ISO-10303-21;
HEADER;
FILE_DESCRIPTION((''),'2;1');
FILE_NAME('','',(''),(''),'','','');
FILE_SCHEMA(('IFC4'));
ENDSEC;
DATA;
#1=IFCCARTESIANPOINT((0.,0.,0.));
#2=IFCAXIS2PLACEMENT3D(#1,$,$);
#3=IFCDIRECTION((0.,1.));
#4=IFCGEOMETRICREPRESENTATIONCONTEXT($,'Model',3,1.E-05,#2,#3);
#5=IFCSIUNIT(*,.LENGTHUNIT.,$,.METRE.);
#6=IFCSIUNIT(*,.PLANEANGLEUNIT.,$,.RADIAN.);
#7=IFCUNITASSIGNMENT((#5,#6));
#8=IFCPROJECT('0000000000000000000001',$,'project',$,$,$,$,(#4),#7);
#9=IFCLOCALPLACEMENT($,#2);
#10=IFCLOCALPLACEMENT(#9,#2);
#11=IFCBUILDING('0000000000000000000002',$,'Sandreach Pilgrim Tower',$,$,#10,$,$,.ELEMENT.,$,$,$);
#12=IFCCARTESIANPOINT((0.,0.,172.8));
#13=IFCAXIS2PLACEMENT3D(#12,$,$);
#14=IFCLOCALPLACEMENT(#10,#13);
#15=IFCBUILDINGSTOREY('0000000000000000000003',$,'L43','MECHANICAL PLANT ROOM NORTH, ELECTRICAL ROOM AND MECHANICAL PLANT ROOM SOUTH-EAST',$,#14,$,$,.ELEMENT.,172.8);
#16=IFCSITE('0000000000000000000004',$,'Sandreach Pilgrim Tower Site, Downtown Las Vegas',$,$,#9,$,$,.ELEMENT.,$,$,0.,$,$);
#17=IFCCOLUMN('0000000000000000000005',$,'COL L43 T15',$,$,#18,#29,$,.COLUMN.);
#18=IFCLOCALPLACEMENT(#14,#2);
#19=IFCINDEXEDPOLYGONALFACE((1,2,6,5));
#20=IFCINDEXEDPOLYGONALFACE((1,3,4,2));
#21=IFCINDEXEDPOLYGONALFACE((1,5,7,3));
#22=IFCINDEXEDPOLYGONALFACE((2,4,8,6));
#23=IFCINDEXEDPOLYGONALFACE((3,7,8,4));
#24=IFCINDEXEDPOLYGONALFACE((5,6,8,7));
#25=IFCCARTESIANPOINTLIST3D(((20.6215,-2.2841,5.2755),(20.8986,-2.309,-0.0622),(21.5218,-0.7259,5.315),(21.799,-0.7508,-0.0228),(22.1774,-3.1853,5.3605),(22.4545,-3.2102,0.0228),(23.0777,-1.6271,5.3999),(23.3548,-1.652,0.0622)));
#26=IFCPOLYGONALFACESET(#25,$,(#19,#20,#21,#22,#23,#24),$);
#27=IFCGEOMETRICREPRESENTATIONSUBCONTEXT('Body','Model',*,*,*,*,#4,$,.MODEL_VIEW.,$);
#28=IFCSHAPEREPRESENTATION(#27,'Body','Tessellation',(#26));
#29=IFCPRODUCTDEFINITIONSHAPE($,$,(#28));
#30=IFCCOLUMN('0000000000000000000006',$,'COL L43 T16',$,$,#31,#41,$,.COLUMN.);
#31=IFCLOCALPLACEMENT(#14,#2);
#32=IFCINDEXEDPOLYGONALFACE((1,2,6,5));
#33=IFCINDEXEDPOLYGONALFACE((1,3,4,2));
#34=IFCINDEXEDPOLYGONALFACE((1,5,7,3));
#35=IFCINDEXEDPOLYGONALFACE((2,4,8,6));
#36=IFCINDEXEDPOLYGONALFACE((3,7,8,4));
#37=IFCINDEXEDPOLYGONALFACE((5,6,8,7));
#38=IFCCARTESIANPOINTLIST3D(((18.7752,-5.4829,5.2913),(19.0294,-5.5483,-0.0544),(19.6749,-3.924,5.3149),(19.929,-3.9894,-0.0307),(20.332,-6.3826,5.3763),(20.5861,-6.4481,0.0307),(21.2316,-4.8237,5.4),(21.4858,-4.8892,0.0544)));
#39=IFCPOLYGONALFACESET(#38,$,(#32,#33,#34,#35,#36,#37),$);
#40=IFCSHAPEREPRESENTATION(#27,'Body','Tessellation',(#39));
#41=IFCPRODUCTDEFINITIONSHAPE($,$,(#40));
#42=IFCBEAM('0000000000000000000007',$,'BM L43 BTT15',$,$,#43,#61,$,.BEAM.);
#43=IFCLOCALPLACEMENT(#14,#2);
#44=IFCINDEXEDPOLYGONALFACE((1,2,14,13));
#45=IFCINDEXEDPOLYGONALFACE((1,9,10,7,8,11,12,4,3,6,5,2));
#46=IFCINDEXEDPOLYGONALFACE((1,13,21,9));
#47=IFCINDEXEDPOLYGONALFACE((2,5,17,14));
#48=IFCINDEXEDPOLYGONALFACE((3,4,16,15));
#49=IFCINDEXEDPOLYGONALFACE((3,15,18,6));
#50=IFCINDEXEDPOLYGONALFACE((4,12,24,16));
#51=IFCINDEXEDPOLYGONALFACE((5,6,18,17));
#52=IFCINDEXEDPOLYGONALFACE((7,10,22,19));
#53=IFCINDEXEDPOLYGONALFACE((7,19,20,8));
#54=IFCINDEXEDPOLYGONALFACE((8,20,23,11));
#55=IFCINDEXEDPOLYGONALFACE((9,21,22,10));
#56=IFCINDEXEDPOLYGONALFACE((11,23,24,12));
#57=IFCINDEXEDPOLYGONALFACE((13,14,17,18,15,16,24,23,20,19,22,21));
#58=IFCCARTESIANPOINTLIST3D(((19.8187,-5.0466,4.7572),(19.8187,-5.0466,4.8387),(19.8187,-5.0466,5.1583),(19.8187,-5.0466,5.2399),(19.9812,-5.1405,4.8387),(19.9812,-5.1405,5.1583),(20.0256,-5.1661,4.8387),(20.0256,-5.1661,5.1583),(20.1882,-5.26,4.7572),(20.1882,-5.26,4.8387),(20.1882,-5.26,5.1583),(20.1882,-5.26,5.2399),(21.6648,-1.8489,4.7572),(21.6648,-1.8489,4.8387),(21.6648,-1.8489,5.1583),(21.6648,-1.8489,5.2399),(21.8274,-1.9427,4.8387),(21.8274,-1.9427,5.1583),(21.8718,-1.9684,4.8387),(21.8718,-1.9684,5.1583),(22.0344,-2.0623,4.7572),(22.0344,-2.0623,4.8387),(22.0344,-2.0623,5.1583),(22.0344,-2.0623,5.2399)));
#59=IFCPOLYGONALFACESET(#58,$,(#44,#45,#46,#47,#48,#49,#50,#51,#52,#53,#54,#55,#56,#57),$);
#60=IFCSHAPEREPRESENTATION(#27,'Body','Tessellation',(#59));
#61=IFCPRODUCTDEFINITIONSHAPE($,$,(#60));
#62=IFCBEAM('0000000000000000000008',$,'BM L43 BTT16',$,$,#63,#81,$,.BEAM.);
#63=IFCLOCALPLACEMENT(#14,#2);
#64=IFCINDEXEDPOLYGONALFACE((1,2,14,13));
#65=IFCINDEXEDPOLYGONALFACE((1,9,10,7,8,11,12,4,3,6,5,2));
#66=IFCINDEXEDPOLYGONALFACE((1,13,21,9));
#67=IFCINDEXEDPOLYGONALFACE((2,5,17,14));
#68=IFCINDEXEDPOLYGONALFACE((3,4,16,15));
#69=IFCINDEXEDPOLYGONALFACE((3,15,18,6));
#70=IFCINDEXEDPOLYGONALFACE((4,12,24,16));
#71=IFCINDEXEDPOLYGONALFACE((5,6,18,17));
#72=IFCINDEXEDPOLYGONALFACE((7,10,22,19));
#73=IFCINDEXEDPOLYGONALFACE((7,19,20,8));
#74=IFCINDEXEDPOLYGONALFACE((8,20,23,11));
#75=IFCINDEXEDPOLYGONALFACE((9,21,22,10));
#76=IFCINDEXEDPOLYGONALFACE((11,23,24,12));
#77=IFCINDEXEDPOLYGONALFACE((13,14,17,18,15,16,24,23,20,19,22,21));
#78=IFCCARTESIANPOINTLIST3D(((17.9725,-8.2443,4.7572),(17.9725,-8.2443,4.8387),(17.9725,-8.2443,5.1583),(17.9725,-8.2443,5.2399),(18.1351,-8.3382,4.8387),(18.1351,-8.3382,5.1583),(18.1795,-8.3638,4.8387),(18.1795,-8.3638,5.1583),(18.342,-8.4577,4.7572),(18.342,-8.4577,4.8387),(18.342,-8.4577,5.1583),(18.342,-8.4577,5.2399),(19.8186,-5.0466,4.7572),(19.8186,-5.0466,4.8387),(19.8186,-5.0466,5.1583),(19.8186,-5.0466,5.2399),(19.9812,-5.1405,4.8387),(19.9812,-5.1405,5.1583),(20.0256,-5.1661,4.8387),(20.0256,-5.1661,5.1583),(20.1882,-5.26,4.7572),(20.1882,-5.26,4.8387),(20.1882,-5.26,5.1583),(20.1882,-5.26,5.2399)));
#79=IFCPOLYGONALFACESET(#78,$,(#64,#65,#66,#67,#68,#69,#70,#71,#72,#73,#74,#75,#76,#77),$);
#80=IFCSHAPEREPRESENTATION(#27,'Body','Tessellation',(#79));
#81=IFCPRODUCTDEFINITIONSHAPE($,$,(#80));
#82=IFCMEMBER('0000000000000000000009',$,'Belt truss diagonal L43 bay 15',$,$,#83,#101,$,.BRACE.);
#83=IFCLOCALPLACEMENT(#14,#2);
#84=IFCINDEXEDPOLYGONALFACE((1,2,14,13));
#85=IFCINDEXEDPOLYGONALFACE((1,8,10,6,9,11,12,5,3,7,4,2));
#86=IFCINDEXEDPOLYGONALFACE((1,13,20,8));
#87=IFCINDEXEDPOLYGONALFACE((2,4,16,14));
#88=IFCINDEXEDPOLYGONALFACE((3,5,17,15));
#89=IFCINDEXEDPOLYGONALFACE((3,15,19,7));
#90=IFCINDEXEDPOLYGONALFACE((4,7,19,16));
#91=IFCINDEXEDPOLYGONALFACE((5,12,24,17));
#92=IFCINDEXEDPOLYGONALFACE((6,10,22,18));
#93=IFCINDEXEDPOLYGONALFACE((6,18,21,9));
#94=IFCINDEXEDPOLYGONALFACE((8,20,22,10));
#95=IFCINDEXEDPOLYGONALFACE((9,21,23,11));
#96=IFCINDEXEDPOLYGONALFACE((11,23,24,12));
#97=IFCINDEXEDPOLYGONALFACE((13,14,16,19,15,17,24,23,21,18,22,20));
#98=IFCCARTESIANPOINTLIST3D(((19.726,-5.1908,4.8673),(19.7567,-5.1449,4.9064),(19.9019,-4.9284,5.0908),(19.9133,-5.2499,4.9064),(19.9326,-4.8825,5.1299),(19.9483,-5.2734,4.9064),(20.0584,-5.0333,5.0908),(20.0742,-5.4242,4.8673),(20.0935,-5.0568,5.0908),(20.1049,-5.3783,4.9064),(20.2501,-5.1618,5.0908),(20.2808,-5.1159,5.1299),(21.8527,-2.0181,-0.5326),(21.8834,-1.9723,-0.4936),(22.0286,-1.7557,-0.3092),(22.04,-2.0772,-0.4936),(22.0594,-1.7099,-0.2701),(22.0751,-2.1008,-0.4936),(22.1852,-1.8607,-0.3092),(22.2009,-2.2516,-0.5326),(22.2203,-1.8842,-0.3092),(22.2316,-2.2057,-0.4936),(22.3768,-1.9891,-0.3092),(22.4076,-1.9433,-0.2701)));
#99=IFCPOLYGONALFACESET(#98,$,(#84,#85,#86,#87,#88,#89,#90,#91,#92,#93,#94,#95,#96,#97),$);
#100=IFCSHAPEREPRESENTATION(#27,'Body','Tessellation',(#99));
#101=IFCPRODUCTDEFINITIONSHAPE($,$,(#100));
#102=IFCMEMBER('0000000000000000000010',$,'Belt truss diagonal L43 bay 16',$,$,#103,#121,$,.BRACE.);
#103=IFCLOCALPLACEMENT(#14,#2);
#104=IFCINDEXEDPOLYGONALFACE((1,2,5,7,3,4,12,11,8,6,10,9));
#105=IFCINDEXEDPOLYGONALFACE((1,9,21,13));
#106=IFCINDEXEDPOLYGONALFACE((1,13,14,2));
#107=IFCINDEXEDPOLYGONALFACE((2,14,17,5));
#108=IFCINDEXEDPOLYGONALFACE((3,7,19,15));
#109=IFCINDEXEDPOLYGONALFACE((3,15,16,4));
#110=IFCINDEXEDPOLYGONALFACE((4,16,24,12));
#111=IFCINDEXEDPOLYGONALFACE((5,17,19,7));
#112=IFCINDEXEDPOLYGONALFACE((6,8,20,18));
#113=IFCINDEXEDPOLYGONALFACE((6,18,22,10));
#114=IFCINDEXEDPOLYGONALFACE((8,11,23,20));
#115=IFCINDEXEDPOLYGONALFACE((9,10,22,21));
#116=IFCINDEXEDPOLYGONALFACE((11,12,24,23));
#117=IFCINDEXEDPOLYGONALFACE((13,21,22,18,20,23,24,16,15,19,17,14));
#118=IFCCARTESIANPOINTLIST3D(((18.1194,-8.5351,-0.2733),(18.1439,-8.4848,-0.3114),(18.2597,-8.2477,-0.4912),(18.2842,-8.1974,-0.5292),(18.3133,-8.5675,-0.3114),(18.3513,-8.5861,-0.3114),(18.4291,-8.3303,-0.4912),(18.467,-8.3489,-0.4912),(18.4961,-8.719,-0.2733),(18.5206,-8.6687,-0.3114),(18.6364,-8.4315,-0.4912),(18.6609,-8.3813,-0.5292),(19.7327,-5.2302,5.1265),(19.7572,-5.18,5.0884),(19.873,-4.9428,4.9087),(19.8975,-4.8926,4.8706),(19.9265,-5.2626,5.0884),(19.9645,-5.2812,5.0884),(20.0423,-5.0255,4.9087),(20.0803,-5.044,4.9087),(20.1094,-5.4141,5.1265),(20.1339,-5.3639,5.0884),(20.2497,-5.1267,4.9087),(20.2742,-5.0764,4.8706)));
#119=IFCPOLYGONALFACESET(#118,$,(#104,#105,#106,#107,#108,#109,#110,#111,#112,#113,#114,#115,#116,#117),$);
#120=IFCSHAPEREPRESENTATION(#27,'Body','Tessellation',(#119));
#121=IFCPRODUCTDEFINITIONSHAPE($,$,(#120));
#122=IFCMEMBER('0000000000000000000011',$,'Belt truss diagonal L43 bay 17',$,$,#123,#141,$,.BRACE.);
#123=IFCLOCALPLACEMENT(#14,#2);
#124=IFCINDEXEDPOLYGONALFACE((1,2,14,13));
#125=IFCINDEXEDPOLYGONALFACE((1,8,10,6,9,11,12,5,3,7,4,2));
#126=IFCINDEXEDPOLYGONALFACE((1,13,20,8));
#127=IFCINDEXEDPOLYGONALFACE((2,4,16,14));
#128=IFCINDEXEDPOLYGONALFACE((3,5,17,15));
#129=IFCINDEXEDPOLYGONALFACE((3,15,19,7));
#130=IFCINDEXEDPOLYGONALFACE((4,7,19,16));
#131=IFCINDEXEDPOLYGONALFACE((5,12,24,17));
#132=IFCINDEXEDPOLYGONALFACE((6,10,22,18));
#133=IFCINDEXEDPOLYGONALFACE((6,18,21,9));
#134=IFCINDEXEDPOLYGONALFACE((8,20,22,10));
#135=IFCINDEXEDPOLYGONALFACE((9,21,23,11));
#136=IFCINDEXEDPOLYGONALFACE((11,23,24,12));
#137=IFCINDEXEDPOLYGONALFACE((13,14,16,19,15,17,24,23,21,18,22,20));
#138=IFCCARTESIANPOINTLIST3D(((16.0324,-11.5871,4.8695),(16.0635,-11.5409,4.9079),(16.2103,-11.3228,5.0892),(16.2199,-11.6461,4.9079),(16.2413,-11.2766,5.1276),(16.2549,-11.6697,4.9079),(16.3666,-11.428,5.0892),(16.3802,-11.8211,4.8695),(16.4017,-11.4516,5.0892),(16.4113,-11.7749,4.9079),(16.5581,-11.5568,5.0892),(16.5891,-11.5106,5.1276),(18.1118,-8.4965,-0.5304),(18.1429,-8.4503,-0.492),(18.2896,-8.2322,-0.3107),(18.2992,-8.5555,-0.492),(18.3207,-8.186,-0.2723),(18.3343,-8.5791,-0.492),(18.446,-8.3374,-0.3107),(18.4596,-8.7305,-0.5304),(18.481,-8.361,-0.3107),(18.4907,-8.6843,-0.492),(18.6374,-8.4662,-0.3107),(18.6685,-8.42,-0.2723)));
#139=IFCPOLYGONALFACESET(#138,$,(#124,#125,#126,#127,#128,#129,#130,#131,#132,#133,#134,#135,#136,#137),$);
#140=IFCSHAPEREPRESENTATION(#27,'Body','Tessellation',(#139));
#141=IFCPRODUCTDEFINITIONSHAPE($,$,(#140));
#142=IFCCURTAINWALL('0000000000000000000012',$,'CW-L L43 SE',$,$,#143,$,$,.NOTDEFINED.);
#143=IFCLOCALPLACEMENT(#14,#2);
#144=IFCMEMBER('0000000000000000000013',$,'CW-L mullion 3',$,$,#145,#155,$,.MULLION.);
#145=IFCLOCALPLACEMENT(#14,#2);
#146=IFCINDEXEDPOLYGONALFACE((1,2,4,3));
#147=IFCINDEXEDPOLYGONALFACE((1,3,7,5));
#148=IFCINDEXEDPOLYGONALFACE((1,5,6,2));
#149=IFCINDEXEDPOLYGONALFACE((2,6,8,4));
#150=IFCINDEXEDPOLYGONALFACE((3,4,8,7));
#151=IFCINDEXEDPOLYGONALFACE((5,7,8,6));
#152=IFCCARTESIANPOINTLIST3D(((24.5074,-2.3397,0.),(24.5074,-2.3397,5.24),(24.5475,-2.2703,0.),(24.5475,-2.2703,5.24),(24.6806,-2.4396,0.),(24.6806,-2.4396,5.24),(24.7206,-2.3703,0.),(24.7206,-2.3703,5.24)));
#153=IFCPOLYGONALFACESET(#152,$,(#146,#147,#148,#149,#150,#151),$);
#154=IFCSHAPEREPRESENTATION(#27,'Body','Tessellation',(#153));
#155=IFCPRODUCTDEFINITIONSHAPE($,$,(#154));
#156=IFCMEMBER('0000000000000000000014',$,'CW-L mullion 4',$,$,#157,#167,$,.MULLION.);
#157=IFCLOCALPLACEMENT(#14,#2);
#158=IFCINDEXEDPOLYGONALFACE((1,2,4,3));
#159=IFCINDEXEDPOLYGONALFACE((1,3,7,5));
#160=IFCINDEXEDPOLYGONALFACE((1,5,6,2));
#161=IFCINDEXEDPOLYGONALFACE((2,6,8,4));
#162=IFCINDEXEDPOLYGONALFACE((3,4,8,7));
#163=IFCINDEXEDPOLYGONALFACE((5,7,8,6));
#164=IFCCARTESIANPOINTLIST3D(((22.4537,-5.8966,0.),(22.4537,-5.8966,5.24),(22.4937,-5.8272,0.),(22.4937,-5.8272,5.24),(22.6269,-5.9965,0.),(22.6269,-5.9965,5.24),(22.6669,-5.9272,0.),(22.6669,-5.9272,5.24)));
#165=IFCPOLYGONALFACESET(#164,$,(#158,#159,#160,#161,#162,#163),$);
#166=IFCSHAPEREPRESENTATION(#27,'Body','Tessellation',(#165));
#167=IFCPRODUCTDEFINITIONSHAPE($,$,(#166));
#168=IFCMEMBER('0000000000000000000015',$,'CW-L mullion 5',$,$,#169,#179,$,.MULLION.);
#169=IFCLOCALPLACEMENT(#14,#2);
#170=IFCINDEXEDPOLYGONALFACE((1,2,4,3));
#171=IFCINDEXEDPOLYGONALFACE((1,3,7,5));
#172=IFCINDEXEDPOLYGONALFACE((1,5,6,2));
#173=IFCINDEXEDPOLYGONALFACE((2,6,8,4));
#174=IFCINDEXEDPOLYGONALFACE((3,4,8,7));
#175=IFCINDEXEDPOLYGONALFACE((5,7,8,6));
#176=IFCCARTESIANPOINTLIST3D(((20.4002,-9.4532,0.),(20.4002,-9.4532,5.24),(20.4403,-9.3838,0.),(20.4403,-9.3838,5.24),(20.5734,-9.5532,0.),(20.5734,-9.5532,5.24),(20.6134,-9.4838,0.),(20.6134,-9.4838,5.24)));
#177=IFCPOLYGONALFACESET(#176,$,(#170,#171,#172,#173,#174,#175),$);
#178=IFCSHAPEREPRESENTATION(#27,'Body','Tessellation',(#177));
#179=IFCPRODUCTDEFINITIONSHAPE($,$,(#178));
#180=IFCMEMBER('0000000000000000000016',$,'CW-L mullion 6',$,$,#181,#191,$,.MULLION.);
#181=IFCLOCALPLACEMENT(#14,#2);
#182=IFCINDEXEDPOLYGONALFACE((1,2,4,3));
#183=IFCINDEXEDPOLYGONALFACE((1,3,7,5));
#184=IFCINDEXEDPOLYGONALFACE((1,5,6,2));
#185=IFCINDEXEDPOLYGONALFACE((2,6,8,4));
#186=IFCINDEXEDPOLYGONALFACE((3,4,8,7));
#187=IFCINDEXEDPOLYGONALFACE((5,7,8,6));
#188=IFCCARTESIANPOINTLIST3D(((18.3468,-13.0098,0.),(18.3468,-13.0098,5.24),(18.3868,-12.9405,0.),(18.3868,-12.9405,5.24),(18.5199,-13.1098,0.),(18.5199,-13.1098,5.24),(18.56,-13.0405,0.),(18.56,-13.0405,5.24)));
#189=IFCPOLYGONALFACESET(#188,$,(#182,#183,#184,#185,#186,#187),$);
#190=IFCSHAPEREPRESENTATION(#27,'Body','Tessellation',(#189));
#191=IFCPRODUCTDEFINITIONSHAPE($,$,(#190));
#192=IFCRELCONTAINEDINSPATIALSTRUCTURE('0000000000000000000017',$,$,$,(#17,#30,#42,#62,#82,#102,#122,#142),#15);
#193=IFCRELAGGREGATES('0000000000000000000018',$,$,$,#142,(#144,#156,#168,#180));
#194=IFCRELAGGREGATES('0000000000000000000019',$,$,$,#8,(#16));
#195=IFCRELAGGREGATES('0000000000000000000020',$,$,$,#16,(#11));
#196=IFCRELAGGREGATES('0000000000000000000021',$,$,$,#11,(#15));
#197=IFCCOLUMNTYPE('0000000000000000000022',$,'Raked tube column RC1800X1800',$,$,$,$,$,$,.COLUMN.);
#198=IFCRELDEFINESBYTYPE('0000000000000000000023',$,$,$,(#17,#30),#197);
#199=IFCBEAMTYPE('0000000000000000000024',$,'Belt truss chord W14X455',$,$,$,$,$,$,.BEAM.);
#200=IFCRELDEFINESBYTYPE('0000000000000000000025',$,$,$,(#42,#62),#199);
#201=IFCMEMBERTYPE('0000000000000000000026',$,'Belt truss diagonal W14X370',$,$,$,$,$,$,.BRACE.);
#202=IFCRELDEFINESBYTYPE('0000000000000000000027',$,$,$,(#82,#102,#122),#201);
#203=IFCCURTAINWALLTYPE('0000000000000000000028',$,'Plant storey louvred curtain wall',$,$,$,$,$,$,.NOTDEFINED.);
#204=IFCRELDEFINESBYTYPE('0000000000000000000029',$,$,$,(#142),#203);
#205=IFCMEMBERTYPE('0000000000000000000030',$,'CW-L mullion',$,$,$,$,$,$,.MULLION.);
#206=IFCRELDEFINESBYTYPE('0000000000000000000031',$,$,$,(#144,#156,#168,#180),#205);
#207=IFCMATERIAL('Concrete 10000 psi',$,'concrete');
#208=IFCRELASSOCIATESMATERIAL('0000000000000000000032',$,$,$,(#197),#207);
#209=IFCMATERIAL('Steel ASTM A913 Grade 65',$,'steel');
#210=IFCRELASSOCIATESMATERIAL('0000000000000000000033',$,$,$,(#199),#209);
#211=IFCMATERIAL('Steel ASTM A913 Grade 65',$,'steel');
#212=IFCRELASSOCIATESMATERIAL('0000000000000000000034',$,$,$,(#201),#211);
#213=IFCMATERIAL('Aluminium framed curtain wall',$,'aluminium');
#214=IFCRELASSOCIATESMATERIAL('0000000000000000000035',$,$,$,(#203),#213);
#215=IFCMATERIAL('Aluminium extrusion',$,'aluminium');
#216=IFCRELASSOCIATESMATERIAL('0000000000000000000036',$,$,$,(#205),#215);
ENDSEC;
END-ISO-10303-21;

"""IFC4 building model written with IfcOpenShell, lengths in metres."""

from ifc_helpers import new_model, si_unit, direction, frame, origin, origin_2d, place, context, subcontext, project, spatial, rectangle, i_section, extrude, material, material_profile, profile_set, type_object, element, aggregate, save


model = new_model("IFC4")

# Units and contexts
model_context = context("Model", 3, precision=1e-05, world=origin(), true_north=direction((0.0, 1.0)))
body_context = subcontext(model_context, "Body", "Model", "MODEL_VIEW")
ifc_project = project(units=[si_unit("LENGTHUNIT", "METRE"), si_unit("PLANEANGLEUNIT", "RADIAN")], contexts=[model_context])

# Site, building, storey
site_placement = place(None, origin())
site = spatial("IfcSite", under=ifc_project, at=site_placement, Name="Sandreach Pilgrim Tower Site, Downtown Las Vegas", CompositionType="ELEMENT", RefElevation=0.0)
building_placement = place(site_placement, origin())
building = spatial("IfcBuilding", under=site, at=building_placement, Name="Sandreach Pilgrim Tower", CompositionType="ELEMENT")
storey_placement = place(building_placement, frame((0.0, 0.0, 172.8)))
storey = spatial("IfcBuildingStorey", under=building, at=storey_placement, Name="L43", Description="MECHANICAL PLANT ROOM NORTH, ELECTRICAL ROOM AND MECHANICAL PLANT ROOM SOUTH-EAST", CompositionType="ELEMENT", Elevation=172.8)

# Columns
ifc_material_1 = material(Name="Concrete 10000 psi", Category="concrete")
ifc_material_profile_1 = material_profile(ifc_material_1, rectangle(XDim=1.8, YDim=1.8, at=origin_2d()), Name="RC1800X1800")
ifc_profile_set_1 = profile_set([ifc_material_profile_1], Name="Concrete 10000 psi")
column_type = type_object("IfcColumnType", Name="Raked tube column RC1800X1800", PredefinedType="COLUMN", material=ifc_profile_set_1)
column_1_placement = place(storey_placement, frame((22.1267, -1.9805, 0.0), z_axis=(-0.051844, 0.004659, 0.998644), x_axis=(0.86436, -0.500653, 0.047208)))
element("IfcColumn", 1, at=column_1_placement, inside=storey, type_object=column_type, Name="COL L43 T15", PredefinedType="COLUMN", context=body_context, shape_type="SweptSolid", body=[
    extrude(rectangle(XDim=1.8, YDim=1.8, at=origin_2d()), origin(), (0.0, 0.0, 1.0), 5.345),
])
column_2_placement = place(storey_placement, frame((20.2576, -5.2188, 0.0), z_axis=(-0.047486, 0.012225, 0.998797), x_axis=(0.864832, -0.499834, 0.047234)))
element("IfcColumn", 2, at=column_2_placement, inside=storey, type_object=column_type, Name="COL L43 T16", PredefinedType="COLUMN", context=body_context, shape_type="SweptSolid", body=[
    extrude(rectangle(XDim=1.8, YDim=1.8, at=origin_2d()), origin(), (0.0, 0.0, 1.0), 5.3521),
])

# Beams
ifc_material_2 = material(Name="Steel ASTM A913 Grade 65", Category="steel")
ifc_material_profile_2 = material_profile(ifc_material_2, i_section(OverallWidth=0.4268, OverallDepth=0.4827, WebThickness=0.0513, FlangeThickness=0.0815, at=origin_2d()), Name="W14X455")
ifc_profile_set_2 = profile_set([ifc_material_profile_2], Name="Steel ASTM A913 Grade 65")
beam_type_1 = type_object("IfcBeamType", Name="Belt truss chord W14X455", PredefinedType="BEAM", material=ifc_profile_set_2)
for number, where, z_axis, x_axis, name in (
    (3, (21.8496, -1.9556, 4.9985), (-0.499993, -0.866029, 0.0), (0.866029, -0.499993, 0.0), "BM L43 BTT15"),
    (4, (20.0034, -5.1533, 4.9985), (-0.499993, -0.866029, 0.0), (0.866029, -0.499993, 0.0), "BM L43 BTT16"),
):
    element("IfcBeam", number, at=place(storey_placement, frame(where, z_axis=z_axis, x_axis=x_axis)), inside=storey, type_object=beam_type_1, Name=name, PredefinedType="BEAM", context=body_context, shape_type="SweptSolid", body=[
        extrude(i_section(OverallWidth=0.4268, OverallDepth=0.4827, WebThickness=0.0513, FlangeThickness=0.0815, at=origin_2d()), origin(), (0.0, 0.0, 1.0), 3.6924),
    ])

# Members
ifc_material_3 = material(Name="Steel ASTM A913 Grade 65", Category="steel")
ifc_material_profile_3 = material_profile(ifc_material_3, i_section(OverallWidth=0.4192, OverallDepth=0.4546, WebThickness=0.0422, FlangeThickness=0.0676, at=origin_2d()), Name="W14X370")
ifc_profile_set_3 = profile_set([ifc_material_profile_3], Name="Steel ASTM A913 Grade 65")
member_type_1 = type_object("IfcMemberType", Name="Belt truss diagonal W14X370", PredefinedType="BRACE", material=ifc_profile_set_3)
member_1_placement = place(storey_placement, frame((22.1301, -1.9807, -0.4014), z_axis=(-0.321538, -0.479668, 0.816414), x_axis=(0.830641, -0.556808, 0.0)))
element("IfcMember", 5, at=member_1_placement, inside=storey, type_object=member_type_1, Name="Belt truss diagonal L43 bay 15", PredefinedType="BRACE", context=body_context, shape_type="SweptSolid", body=[
    extrude(i_section(OverallWidth=0.4192, OverallDepth=0.4546, WebThickness=0.0422, FlangeThickness=0.0676, at=origin_2d()), origin(), (0.0, 0.0, 1.0), 6.6143),
])
member_2_placement = place(storey_placement, frame((20.0034, -5.1533, 4.9985), z_axis=(-0.246932, -0.505858, -0.826518), x_axis=(0.898648, -0.43867, 0.0)))
element("IfcMember", 6, at=member_2_placement, inside=storey, type_object=member_type_1, Name="Belt truss diagonal L43 bay 16", PredefinedType="BRACE", context=body_context, shape_type="SweptSolid", body=[
    extrude(i_section(OverallWidth=0.4192, OverallDepth=0.4546, WebThickness=0.0422, FlangeThickness=0.0676, at=origin_2d()), origin(), (0.0, 0.0, 1.0), 6.5332),
])
member_3_placement = place(storey_placement, frame((18.3901, -8.4583, -0.4014), z_axis=(-0.316971, -0.471121, 0.823149), x_axis=(0.829693, -0.558219, 0.0)))
element("IfcMember", 7, at=member_3_placement, inside=storey, type_object=member_type_1, Name="Belt truss diagonal L43 bay 17", PredefinedType="BRACE", context=body_context, shape_type="SweptSolid", body=[
    extrude(i_section(OverallWidth=0.4192, OverallDepth=0.4546, WebThickness=0.0422, FlangeThickness=0.0676, at=origin_2d()), origin(), (0.0, 0.0, 1.0), 6.5601),
])

# Curtain wall, members
ifc_material_4 = material(Name="Aluminium framed curtain wall", Category="aluminium")
curtain_wall_type = type_object("IfcCurtainWallType", Name="Plant storey louvred curtain wall", PredefinedType="NOTDEFINED", material=ifc_material_4)
curtain_wall_placement = place(storey_placement, origin())
curtain_wall = element("IfcCurtainWall", 8, at=curtain_wall_placement, inside=storey, type_object=curtain_wall_type, Name="CW-L L43 SE", PredefinedType="NOTDEFINED")
ifc_material_5 = material(Name="Aluminium extrusion", Category="aluminium")
ifc_material_profile_4 = material_profile(ifc_material_5, rectangle(XDim=0.0801, YDim=0.2, at=origin_2d()), Name="CW-LM 80X200")
ifc_profile_set_4 = profile_set([ifc_material_profile_4], Name="Aluminium extrusion")
member_type_2 = type_object("IfcMemberType", Name="CW-L mullion", PredefinedType="MULLION", material=ifc_profile_set_4)
member_4_placement = place(storey_placement, frame((24.614, -2.355, 0.0), z_axis=(0.0, 0.0, 1.0), x_axis=(-0.5, -0.866025, 0.0)))
member_4 = element("IfcMember", 9, at=member_4_placement, type_object=member_type_2, Name="CW-L mullion 3", PredefinedType="MULLION", context=body_context, shape_type="SweptSolid", body=[
    extrude(rectangle(XDim=0.0801, YDim=0.2, at=origin_2d()), origin(), (0.0, 0.0, 1.0), 5.24),
])
member_5_placement = place(storey_placement, frame((22.5603, -5.9119, 0.0), z_axis=(0.0, 0.0, 1.0), x_axis=(-0.5, -0.866025, 0.0)))
member_5 = element("IfcMember", 10, at=member_5_placement, type_object=member_type_2, Name="CW-L mullion 4", PredefinedType="MULLION", context=body_context, shape_type="SweptSolid", body=[
    extrude(rectangle(XDim=0.0801, YDim=0.2, at=origin_2d()), origin(), (0.0, 0.0, 1.0), 5.24),
])
member_6_placement = place(storey_placement, frame((20.5068, -9.4685, 0.0), z_axis=(0.0, 0.0, 1.0), x_axis=(-0.5, -0.866025, 0.0)))
member_6 = element("IfcMember", 11, at=member_6_placement, type_object=member_type_2, Name="CW-L mullion 5", PredefinedType="MULLION", context=body_context, shape_type="SweptSolid", body=[
    extrude(rectangle(XDim=0.0801, YDim=0.2, at=origin_2d()), origin(), (0.0, 0.0, 1.0), 5.24),
])
member_7_placement = place(storey_placement, frame((18.4534, -13.0251, 0.0), z_axis=(0.0, 0.0, 1.0), x_axis=(-0.5, -0.866025, 0.0)))
member_7 = element("IfcMember", 12, at=member_7_placement, type_object=member_type_2, Name="CW-L mullion 6", PredefinedType="MULLION", context=body_context, shape_type="SweptSolid", body=[
    extrude(rectangle(XDim=0.0801, YDim=0.2, at=origin_2d()), origin(), (0.0, 0.0, 1.0), 5.24),
])

aggregate(curtain_wall, [member_4, member_5, member_6, member_7])

save(model, "model.ifc")
